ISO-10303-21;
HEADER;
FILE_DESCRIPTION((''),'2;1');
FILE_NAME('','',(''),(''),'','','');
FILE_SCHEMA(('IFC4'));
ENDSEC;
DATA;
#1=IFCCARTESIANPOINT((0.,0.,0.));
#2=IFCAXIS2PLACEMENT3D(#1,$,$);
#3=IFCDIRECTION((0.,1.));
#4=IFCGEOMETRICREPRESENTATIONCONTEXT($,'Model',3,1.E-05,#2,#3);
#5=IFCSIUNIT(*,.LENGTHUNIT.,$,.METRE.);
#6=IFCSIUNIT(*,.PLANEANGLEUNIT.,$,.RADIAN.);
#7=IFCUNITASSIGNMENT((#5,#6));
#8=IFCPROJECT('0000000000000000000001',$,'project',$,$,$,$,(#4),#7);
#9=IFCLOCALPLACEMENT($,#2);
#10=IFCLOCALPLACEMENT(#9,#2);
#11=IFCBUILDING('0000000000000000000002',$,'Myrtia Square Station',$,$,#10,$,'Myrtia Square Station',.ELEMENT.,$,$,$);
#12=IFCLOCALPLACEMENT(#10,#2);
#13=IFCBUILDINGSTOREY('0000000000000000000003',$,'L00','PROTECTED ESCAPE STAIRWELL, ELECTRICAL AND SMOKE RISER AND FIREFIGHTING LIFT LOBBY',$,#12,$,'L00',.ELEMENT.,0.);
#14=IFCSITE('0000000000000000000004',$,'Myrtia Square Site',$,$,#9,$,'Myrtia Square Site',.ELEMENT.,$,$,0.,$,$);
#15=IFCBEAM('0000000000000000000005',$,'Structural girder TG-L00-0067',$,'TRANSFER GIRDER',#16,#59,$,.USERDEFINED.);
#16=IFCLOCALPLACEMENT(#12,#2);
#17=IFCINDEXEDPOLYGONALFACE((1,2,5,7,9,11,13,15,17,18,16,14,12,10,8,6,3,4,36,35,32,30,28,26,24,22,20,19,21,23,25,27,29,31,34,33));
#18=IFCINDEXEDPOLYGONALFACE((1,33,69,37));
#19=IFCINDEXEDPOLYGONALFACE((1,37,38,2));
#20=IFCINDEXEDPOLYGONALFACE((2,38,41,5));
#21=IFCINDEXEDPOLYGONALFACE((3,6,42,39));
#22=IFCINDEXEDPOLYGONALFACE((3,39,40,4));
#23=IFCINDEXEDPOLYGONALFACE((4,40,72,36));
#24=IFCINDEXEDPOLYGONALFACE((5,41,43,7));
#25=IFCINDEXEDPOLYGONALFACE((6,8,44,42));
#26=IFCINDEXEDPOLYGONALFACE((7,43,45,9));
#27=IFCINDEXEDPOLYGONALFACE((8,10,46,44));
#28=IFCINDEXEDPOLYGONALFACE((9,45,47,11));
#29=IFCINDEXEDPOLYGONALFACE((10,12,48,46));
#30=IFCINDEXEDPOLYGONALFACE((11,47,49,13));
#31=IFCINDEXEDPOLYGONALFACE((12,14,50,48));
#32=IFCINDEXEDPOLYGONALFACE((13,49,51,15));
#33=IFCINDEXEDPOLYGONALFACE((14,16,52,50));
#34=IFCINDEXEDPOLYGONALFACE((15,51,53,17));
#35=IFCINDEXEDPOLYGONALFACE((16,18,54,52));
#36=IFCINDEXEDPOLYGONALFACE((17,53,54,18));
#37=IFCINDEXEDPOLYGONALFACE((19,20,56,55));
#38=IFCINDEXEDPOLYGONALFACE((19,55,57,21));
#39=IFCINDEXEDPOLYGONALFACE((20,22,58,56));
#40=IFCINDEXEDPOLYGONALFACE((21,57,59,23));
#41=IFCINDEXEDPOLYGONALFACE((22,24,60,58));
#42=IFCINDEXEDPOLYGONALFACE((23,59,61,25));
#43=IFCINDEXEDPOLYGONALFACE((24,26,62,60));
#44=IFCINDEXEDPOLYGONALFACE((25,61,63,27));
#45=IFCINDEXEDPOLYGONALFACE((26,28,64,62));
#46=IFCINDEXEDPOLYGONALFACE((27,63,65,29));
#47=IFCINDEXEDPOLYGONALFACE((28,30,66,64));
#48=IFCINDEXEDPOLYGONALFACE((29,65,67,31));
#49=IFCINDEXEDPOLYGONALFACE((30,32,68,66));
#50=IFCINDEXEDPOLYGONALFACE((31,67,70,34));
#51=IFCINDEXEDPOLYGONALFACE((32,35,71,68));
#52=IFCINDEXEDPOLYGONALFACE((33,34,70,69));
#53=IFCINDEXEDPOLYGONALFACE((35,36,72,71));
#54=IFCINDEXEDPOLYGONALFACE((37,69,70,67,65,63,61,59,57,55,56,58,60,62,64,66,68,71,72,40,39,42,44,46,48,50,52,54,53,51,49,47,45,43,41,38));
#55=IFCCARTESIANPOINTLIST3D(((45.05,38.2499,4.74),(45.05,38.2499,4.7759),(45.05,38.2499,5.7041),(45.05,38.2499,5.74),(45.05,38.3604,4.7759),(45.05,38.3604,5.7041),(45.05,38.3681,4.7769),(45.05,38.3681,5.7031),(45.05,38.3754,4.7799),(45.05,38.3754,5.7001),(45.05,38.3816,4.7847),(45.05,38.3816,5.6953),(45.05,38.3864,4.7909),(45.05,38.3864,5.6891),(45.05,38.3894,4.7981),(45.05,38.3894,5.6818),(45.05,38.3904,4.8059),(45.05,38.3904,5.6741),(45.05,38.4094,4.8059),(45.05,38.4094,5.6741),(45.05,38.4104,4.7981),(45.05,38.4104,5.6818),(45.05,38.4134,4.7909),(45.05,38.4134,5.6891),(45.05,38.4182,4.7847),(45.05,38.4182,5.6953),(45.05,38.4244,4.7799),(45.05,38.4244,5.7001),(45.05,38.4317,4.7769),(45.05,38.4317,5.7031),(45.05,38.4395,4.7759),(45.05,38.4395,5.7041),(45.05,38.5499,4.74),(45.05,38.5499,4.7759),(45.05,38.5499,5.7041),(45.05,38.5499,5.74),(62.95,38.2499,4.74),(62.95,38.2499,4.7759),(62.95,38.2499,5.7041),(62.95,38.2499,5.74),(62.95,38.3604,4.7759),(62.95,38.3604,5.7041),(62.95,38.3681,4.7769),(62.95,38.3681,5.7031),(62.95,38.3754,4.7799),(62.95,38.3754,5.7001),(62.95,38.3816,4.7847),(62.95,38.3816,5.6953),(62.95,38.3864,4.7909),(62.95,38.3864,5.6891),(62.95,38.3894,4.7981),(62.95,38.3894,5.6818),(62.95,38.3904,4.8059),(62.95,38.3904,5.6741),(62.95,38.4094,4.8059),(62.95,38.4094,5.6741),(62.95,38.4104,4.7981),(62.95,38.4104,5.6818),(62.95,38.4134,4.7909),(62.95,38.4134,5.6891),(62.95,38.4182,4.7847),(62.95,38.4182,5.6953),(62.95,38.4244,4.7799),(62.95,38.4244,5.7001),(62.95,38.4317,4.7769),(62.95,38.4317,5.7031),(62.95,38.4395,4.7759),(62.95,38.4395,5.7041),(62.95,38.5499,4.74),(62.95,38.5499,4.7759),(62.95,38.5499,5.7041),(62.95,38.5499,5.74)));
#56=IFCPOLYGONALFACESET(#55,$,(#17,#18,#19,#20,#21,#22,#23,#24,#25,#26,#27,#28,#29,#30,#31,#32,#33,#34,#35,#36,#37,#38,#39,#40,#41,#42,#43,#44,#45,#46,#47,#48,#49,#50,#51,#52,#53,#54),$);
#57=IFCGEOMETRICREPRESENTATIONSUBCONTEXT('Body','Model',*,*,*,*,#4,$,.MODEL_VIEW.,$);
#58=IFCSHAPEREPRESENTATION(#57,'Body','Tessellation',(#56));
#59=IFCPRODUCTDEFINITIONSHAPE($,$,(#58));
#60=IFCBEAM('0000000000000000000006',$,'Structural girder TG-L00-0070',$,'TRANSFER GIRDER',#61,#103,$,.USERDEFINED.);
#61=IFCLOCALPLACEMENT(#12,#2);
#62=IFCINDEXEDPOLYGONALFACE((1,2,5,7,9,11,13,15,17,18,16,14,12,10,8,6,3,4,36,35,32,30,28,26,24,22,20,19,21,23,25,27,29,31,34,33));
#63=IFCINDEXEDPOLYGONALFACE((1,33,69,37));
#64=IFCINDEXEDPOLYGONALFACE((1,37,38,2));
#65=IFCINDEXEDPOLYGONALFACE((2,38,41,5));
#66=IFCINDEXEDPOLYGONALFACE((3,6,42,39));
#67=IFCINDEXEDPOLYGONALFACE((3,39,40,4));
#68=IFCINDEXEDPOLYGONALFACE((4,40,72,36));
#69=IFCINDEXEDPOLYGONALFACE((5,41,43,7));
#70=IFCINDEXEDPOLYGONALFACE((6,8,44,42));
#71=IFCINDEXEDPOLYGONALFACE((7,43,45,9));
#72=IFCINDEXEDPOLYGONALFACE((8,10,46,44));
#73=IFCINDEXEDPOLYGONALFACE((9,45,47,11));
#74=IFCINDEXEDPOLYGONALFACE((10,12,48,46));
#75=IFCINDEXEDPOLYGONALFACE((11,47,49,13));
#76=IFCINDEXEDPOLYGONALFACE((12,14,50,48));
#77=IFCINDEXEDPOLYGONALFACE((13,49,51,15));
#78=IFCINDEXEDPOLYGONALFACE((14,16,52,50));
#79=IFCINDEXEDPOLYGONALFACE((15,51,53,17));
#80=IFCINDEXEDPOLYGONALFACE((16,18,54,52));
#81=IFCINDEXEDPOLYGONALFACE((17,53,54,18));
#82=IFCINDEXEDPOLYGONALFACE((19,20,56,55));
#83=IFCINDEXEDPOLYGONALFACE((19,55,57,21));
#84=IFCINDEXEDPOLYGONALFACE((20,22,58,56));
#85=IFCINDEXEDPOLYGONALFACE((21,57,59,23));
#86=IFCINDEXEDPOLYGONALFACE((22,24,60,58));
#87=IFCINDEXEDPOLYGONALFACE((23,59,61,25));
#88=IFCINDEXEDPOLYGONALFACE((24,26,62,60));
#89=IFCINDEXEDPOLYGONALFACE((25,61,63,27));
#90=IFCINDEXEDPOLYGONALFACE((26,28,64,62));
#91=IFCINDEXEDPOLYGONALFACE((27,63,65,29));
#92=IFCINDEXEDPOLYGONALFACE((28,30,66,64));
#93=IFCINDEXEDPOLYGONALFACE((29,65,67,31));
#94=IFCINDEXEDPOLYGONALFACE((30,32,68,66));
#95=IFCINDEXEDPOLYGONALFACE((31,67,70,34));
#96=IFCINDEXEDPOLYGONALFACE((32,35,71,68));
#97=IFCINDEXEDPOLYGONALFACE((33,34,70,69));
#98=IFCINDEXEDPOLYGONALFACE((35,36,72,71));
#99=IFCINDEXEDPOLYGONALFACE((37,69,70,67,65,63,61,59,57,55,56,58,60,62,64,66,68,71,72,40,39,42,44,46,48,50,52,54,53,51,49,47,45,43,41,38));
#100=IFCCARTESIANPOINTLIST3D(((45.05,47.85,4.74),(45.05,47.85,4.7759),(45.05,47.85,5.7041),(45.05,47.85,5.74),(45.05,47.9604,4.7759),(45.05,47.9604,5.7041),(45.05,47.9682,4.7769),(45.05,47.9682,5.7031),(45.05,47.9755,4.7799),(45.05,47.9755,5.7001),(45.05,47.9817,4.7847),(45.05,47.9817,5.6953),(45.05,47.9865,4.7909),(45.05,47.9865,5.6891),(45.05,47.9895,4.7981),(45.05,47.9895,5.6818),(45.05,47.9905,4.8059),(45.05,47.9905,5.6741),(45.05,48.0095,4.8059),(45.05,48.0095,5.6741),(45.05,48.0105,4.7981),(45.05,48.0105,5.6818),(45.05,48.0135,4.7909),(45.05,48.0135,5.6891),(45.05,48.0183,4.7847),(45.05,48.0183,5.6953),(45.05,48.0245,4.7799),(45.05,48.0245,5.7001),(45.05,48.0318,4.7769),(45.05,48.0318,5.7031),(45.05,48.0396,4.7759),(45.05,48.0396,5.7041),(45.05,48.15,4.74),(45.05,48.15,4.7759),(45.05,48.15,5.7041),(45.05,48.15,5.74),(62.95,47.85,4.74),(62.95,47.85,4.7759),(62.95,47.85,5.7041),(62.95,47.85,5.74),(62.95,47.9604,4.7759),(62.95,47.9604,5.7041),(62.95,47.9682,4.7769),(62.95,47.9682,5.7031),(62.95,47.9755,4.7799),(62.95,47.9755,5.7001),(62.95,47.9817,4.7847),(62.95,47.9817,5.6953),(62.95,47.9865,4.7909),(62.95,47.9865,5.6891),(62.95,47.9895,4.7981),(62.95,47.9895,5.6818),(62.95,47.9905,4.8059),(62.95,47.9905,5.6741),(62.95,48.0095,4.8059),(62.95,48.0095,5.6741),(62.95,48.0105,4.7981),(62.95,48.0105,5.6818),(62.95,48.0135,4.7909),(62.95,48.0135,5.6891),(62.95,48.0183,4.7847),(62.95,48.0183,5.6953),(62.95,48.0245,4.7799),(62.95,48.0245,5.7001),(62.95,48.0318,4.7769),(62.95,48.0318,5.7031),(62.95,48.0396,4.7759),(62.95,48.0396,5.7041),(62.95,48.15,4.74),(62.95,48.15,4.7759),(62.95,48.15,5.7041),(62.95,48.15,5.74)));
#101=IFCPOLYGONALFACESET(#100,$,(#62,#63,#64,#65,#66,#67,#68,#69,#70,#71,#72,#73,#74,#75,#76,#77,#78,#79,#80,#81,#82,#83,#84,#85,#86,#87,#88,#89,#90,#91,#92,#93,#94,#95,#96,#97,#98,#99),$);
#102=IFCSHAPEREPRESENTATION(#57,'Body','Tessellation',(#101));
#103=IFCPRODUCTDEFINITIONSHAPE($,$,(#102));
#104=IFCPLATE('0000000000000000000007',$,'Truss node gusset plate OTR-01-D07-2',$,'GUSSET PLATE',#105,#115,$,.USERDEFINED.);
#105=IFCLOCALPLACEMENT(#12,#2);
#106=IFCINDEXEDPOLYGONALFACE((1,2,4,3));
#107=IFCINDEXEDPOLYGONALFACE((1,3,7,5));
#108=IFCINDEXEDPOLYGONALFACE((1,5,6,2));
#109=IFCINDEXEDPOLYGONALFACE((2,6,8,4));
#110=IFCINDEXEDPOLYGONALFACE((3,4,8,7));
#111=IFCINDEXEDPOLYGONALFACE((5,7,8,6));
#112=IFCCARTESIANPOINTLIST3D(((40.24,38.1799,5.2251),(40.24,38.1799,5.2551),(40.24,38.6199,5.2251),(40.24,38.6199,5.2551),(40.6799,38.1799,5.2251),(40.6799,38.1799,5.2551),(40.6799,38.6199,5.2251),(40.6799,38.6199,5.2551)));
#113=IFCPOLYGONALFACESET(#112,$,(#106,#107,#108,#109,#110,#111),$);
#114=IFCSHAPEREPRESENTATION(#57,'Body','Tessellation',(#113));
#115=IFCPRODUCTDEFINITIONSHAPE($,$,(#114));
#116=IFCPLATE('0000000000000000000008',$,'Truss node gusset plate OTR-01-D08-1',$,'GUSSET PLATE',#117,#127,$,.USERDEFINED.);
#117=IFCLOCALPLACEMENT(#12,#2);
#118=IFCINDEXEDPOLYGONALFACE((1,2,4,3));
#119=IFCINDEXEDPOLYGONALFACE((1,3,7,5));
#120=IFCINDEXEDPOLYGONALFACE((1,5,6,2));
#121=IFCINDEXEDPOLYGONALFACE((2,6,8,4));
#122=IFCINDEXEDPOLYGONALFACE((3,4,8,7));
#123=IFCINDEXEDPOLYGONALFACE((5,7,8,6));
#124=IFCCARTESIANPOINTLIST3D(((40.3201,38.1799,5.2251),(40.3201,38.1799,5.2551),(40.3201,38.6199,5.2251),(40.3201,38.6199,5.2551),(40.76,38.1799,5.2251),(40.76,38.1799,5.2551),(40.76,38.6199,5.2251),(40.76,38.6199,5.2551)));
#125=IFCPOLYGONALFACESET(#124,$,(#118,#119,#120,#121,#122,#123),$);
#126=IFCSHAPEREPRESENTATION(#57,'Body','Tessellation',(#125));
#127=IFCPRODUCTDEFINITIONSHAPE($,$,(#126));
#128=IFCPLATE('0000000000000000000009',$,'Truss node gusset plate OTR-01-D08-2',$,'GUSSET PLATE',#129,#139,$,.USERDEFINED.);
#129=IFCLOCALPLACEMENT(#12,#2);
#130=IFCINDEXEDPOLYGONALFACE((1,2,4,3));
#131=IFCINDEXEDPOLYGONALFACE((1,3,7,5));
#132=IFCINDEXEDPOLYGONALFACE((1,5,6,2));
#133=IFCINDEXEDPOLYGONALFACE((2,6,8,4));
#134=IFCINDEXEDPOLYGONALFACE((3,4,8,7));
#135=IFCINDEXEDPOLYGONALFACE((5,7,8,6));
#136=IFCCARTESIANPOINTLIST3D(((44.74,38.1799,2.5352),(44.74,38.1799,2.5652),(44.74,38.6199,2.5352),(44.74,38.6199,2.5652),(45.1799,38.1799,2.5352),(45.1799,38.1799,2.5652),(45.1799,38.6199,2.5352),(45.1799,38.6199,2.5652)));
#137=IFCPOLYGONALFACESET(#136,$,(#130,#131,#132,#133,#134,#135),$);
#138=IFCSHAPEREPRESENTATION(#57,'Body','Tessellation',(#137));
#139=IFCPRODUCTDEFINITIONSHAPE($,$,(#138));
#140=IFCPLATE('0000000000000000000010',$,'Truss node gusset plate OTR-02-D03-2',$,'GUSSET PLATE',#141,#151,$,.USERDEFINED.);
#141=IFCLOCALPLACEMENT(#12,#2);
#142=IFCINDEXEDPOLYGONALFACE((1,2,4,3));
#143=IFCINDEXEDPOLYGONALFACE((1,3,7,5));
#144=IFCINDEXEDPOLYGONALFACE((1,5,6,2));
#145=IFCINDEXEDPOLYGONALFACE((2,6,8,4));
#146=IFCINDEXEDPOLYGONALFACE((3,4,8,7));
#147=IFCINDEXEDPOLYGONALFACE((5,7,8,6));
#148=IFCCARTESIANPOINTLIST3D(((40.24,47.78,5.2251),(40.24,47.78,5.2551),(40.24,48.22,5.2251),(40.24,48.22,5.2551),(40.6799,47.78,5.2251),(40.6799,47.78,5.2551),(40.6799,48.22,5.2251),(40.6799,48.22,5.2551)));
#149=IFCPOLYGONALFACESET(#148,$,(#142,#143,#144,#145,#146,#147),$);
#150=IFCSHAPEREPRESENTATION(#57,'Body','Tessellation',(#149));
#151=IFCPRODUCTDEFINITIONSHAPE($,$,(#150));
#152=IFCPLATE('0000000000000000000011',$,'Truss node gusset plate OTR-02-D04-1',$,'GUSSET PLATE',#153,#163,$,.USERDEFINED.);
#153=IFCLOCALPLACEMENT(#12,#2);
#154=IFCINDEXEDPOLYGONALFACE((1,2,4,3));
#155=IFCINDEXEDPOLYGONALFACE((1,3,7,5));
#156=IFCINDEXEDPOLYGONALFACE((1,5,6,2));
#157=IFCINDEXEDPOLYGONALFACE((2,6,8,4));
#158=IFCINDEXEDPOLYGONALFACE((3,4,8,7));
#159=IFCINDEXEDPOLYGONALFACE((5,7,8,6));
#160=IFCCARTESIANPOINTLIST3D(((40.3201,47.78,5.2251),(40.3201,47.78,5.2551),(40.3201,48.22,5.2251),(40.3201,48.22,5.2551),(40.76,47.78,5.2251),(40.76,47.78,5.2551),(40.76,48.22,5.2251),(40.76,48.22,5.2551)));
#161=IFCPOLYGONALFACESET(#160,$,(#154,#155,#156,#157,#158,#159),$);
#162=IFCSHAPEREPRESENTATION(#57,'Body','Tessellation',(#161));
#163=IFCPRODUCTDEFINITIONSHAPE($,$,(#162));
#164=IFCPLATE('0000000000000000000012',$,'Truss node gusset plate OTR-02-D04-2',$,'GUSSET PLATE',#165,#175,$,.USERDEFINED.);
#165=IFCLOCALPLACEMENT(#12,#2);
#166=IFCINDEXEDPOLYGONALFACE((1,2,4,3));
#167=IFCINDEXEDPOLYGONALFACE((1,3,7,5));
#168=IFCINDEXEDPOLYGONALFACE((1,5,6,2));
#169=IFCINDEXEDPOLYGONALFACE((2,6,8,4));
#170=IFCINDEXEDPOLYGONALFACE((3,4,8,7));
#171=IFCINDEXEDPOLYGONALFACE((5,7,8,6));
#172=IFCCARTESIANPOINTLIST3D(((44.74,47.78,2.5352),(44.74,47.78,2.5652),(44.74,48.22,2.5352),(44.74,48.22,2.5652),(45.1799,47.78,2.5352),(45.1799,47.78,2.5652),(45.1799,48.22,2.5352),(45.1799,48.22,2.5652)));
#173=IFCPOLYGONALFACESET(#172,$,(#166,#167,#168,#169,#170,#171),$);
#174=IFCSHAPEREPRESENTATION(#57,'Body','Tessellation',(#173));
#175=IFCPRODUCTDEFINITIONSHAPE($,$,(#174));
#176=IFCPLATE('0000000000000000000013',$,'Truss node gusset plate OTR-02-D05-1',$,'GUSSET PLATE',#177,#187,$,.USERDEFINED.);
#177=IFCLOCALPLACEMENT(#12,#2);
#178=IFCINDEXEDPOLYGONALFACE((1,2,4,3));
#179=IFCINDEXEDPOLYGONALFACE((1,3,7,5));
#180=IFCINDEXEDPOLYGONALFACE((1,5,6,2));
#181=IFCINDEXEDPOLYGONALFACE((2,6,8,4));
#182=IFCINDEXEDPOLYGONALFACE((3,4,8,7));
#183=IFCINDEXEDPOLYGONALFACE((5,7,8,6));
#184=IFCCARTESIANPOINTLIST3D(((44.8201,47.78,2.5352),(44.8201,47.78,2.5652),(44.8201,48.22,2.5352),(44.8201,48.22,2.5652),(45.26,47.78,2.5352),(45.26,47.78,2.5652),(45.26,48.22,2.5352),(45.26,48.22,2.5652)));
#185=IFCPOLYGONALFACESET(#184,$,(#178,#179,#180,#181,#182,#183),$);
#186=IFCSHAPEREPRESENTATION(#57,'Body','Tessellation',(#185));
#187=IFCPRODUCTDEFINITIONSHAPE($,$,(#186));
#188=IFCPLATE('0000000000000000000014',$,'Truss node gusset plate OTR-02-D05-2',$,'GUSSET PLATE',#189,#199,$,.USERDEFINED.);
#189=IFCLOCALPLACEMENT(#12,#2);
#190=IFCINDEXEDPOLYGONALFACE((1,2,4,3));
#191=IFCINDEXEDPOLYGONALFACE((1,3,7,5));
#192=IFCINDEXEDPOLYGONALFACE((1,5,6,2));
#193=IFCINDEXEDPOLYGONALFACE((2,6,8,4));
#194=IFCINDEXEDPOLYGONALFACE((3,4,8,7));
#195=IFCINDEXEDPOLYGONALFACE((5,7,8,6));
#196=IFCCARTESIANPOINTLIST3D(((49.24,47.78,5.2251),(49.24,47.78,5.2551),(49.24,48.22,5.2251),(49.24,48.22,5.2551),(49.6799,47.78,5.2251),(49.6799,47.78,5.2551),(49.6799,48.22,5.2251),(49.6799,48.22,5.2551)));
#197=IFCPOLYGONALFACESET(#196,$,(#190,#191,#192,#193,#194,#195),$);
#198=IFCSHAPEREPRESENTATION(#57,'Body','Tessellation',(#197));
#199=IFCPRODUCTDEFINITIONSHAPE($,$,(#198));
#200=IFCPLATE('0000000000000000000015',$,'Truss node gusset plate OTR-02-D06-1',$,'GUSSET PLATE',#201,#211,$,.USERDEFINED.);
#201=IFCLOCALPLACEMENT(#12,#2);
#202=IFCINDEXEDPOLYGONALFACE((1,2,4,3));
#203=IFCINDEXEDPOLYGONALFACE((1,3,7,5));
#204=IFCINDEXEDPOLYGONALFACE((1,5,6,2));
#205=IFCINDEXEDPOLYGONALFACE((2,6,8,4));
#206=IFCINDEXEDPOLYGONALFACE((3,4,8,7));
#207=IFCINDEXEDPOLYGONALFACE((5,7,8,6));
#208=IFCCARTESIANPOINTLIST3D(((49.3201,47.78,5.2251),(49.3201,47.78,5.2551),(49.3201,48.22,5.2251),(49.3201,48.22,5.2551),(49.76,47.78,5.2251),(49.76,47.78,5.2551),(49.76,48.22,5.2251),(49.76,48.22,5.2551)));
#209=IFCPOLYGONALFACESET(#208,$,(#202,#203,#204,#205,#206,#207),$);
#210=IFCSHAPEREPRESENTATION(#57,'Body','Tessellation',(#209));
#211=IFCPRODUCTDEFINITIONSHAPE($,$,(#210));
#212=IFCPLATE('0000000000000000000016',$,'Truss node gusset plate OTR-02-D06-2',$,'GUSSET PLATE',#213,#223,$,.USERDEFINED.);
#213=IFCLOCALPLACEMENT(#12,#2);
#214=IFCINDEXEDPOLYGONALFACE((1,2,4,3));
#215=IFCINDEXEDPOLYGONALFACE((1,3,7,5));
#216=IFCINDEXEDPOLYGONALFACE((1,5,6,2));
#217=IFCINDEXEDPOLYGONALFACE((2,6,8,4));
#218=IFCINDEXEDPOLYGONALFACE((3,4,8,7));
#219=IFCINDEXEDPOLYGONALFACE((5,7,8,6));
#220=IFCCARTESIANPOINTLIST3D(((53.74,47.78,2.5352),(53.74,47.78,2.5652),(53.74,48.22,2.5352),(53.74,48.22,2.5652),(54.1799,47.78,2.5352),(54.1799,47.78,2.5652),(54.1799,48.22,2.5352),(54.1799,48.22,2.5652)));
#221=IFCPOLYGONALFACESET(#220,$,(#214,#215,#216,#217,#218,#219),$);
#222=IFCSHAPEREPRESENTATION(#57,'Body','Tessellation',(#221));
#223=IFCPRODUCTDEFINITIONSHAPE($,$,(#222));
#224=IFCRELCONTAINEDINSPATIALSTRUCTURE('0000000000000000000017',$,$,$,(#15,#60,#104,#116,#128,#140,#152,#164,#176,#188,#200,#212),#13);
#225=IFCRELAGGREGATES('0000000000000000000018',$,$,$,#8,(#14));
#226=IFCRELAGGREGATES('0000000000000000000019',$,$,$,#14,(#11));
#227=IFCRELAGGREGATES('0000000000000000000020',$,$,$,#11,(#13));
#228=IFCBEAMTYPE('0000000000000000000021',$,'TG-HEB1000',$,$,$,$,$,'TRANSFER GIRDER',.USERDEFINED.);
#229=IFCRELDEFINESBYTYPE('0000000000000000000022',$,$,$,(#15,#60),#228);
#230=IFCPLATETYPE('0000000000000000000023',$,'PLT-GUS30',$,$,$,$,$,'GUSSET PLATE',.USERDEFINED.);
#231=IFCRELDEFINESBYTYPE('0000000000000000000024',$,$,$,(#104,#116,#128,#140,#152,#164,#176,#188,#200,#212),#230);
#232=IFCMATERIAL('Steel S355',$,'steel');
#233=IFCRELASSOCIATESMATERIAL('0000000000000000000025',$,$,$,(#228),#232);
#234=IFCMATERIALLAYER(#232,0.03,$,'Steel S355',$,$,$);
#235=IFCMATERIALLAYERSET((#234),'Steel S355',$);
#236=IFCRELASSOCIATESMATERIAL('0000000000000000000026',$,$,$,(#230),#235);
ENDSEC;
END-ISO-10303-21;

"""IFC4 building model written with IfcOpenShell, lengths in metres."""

from ifc_helpers import new_model, si_unit, direction, frame, origin, origin_2d, place, context, subcontext, project, spatial, rectangle, i_section, extrude, material, layer, layer_set, material_profile, profile_set, type_object, element, save


model = new_model("IFC4")

# Units and contexts
model_context = context("Model", 3, precision=1e-05, world=origin(), true_north=direction((0.0, 1.0)))
body_context = subcontext(model_context, "Body", "Model", "MODEL_VIEW")
ifc_project = project(units=[si_unit("LENGTHUNIT", "METRE"), si_unit("PLANEANGLEUNIT", "RADIAN")], contexts=[model_context])

# Site, building, storey
site_placement = place(None, origin())
site = spatial("IfcSite", under=ifc_project, at=site_placement, Name="Myrtia Square Site", LongName="Myrtia Square Site", CompositionType="ELEMENT", RefElevation=0.0)
building_placement = place(site_placement, origin())
building = spatial("IfcBuilding", under=site, at=building_placement, Name="Myrtia Square Station", LongName="Myrtia Square Station", CompositionType="ELEMENT")
storey_placement = place(building_placement, origin())
storey = spatial("IfcBuildingStorey", under=building, at=storey_placement, Name="L00", Description="PROTECTED ESCAPE STAIRWELL, ELECTRICAL AND SMOKE RISER AND FIREFIGHTING LIFT LOBBY", LongName="L00", CompositionType="ELEMENT", Elevation=0.0)

# Shared definitions
ifc_material_1 = material(Name="Steel S355", Category="steel")

# Beams
ifc_material_profile_1 = material_profile(ifc_material_1, i_section(OverallWidth=0.3, OverallDepth=1.0, WebThickness=0.019, FlangeThickness=0.0359, FilletRadius=0.03, at=origin_2d()), Name="HEB 1000")
ifc_profile_set_1 = profile_set([ifc_material_profile_1], Name="Steel S355")
beam_type_1 = type_object("IfcBeamType", Name="TG-HEB1000", ElementType="TRANSFER GIRDER", PredefinedType="USERDEFINED", material=ifc_profile_set_1)
for number, where, z_axis, x_axis, name in (
    (1, (45.05, 38.3999, 5.24), (1.0, 0.0, 0.0), (0.0, 1.0, 0.0), "Structural girder TG-L00-0067"),
    (2, (45.05, 48.0, 5.24), (1.0, 0.0, 0.0), (0.0, 1.0, 0.0), "Structural girder TG-L00-0070"),
):
    element("IfcBeam", number, at=place(storey_placement, frame(where, z_axis=z_axis, x_axis=x_axis)), inside=storey, type_object=beam_type_1, Name=name, ObjectType="TRANSFER GIRDER", PredefinedType="USERDEFINED", context=body_context, shape_type="SweptSolid", body=[
        extrude(i_section(OverallWidth=0.3, OverallDepth=1.0, WebThickness=0.019, FlangeThickness=0.0359, FilletRadius=0.03, at=origin_2d()), origin(), (0.0, 0.0, 1.0), 17.8999),
    ])

# Plates
ifc_layer_1 = layer(ifc_material_1, 0.03, Name="Steel S355")
ifc_layer_set_1 = layer_set([ifc_layer_1], Name="Steel S355")
plate_type = type_object("IfcPlateType", Name="PLT-GUS30", ElementType="GUSSET PLATE", PredefinedType="USERDEFINED", material=ifc_layer_set_1)
for number, where, z_axis, x_axis, name in (
    (3, (40.46, 38.3999, 5.2251), (0.0, 0.0, 1.0), (1.0, 0.0, 0.0), "Truss node gusset plate OTR-01-D07-2"),
    (4, (40.54, 38.3999, 5.2251), (0.0, 0.0, 1.0), (1.0, 0.0, 0.0), "Truss node gusset plate OTR-01-D08-1"),
    (5, (44.96, 38.3999, 2.5352), (0.0, 0.0, 1.0), (1.0, 0.0, 0.0), "Truss node gusset plate OTR-01-D08-2"),
    (6, (40.46, 48.0, 5.2251), (0.0, 0.0, 1.0), (1.0, 0.0, 0.0), "Truss node gusset plate OTR-02-D03-2"),
    (7, (40.54, 48.0, 5.2251), (0.0, 0.0, 1.0), (1.0, 0.0, 0.0), "Truss node gusset plate OTR-02-D04-1"),
    (8, (44.96, 48.0, 2.5352), (0.0, 0.0, 1.0), (1.0, 0.0, 0.0), "Truss node gusset plate OTR-02-D04-2"),
    (9, (45.04, 48.0, 2.5352), (0.0, 0.0, 1.0), (1.0, 0.0, 0.0), "Truss node gusset plate OTR-02-D05-1"),
    (10, (49.46, 48.0, 5.2251), (0.0, 0.0, 1.0), (1.0, 0.0, 0.0), "Truss node gusset plate OTR-02-D05-2"),
    (11, (49.54, 48.0, 5.2251), (0.0, 0.0, 1.0), (1.0, 0.0, 0.0), "Truss node gusset plate OTR-02-D06-1"),
    (12, (53.96, 48.0, 2.5352), (0.0, 0.0, 1.0), (1.0, 0.0, 0.0), "Truss node gusset plate OTR-02-D06-2"),
):
    element("IfcPlate", number, at=place(storey_placement, frame(where, z_axis=z_axis, x_axis=x_axis)), inside=storey, type_object=plate_type, Name=name, ObjectType="GUSSET PLATE", PredefinedType="USERDEFINED", context=body_context, shape_type="SweptSolid", body=[
        extrude(rectangle(XDim=0.4399, YDim=0.4399, at=origin_2d()), origin(), (0.0, 0.0, 1.0), 0.03),
    ])

save(model, "model.ifc")
